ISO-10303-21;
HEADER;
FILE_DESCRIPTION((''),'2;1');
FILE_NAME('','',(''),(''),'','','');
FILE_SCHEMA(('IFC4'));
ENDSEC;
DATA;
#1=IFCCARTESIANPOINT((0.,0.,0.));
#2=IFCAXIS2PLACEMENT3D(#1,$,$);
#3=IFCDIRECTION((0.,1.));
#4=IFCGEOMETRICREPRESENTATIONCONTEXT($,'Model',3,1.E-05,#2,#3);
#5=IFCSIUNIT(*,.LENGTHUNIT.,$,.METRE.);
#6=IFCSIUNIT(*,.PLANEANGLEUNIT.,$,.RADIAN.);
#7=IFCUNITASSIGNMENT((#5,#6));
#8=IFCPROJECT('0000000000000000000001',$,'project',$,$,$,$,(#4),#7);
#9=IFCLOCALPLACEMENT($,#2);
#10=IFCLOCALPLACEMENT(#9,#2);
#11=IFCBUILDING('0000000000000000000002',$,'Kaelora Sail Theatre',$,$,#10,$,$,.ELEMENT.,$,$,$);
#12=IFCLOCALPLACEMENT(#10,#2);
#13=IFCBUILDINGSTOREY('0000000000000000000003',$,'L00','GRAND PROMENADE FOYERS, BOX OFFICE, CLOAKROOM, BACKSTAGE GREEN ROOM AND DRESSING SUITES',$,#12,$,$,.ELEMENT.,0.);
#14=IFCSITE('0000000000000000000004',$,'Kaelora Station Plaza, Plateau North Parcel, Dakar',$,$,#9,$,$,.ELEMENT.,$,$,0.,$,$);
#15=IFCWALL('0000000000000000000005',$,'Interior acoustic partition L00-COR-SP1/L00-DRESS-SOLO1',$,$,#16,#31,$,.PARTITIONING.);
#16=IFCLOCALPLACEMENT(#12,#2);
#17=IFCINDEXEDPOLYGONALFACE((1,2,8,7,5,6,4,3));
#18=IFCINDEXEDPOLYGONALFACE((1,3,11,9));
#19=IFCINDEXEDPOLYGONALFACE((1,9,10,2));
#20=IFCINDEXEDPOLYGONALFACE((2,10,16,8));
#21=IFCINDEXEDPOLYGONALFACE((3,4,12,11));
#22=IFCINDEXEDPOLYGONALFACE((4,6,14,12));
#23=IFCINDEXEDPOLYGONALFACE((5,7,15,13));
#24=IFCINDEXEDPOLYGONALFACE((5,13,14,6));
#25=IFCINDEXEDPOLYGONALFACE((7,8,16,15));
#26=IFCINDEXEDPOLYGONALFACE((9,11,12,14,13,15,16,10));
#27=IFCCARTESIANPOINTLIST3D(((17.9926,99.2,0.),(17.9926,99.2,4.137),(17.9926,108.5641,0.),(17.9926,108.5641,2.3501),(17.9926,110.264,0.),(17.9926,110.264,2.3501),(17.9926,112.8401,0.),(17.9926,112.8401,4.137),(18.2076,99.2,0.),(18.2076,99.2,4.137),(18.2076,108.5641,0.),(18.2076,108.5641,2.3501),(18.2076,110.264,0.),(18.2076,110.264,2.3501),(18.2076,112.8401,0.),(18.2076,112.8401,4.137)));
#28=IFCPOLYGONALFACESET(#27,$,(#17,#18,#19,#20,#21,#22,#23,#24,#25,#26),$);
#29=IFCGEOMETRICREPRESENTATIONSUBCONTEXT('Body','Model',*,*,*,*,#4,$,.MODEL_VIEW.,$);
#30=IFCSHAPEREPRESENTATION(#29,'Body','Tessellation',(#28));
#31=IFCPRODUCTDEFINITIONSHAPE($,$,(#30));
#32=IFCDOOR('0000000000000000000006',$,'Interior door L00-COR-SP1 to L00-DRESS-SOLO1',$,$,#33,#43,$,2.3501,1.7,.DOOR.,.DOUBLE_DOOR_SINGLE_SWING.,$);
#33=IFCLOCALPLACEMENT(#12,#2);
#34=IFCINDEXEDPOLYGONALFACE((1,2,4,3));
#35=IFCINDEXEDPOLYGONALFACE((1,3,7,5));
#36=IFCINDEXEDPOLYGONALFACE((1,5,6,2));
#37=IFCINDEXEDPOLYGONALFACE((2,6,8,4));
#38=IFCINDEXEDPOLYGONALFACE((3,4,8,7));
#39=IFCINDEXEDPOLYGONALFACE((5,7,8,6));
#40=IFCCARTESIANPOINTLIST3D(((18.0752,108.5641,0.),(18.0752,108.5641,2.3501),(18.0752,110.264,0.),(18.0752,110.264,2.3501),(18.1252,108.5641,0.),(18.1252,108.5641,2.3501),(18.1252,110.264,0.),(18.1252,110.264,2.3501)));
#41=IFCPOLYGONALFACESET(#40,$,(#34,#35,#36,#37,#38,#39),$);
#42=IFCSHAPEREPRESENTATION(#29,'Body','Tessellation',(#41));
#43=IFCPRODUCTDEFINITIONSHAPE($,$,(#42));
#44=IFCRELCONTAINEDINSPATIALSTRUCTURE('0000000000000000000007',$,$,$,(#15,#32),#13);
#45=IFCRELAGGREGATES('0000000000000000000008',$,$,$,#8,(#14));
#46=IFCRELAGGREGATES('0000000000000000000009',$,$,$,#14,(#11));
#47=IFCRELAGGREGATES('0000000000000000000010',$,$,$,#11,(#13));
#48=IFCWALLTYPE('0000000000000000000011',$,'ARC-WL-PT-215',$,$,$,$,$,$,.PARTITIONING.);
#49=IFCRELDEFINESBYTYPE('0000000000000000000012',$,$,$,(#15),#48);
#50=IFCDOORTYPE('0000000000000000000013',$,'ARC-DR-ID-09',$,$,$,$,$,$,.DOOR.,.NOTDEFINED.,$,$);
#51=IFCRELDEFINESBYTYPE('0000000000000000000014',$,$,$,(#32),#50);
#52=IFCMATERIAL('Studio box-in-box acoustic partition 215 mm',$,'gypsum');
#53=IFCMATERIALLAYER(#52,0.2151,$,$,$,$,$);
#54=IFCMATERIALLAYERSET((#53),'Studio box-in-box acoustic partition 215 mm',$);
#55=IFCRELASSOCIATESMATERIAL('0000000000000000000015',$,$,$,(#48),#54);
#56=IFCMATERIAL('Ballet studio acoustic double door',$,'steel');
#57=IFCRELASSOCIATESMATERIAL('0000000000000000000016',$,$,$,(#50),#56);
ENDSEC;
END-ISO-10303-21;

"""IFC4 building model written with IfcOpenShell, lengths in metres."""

from ifc_helpers import new_model, si_unit, direction, frame, frame_2d, origin, place, context, subcontext, project, spatial, rectangle, extrude, material, layer, layer_set, type_object, element, fill, save


model = new_model("IFC4")

# Units and contexts
model_context = context("Model", 3, precision=1e-05, world=origin(), true_north=direction((0.0, 1.0)))
body_context = subcontext(model_context, "Body", "Model", "MODEL_VIEW")
ifc_project = project(units=[si_unit("LENGTHUNIT", "METRE"), si_unit("PLANEANGLEUNIT", "RADIAN")], contexts=[model_context])

# Site, building, storey
site_placement = place(None, origin())
site = spatial("IfcSite", under=ifc_project, at=site_placement, Name="Kaelora Station Plaza, Plateau North Parcel, Dakar", CompositionType="ELEMENT", RefElevation=0.0)
building_placement = place(site_placement, origin())
building = spatial("IfcBuilding", under=site, at=building_placement, Name="Kaelora Sail Theatre", CompositionType="ELEMENT")
storey_placement = place(building_placement, origin())
storey = spatial("IfcBuildingStorey", under=building, at=storey_placement, Name="L00", Description="GRAND PROMENADE FOYERS, BOX OFFICE, CLOAKROOM, BACKSTAGE GREEN ROOM AND DRESSING SUITES", CompositionType="ELEMENT", Elevation=0.0)

# Wall, opening, door
ifc_material_1 = material(Name="Studio box-in-box acoustic partition 215 mm", Category="gypsum")
ifc_layer_1 = layer(ifc_material_1, 0.2151)
ifc_layer_set_1 = layer_set([ifc_layer_1], Name="Studio box-in-box acoustic partition 215 mm")
wall_type_1 = type_object("IfcWallType", Name="ARC-WL-PT-215", PredefinedType="PARTITIONING", material=ifc_layer_set_1)
wall_1_placement = place(storey_placement, frame((18.1001, 99.2, 0.0), z_axis=(0.0, 0.0, 1.0), x_axis=(0.0, 1.0, 0.0)))
wall_1 = element("IfcWall", 1, at=wall_1_placement, inside=storey, type_object=wall_type_1, Name="Interior acoustic partition L00-COR-SP1/L00-DRESS-SOLO1", PredefinedType="PARTITIONING", context=body_context, shape_type="SweptSolid", body=[
    extrude(rectangle(XDim=13.6401, YDim=0.2151, at=frame_2d((6.8201, 0.0))), origin(), (0.0, 0.0, 1.0), 4.137),
])
opening_1_placement = place(wall_1_placement, frame((9.364, 0.0, 0.0)))
opening_1 = element("IfcOpeningElement", 2, at=opening_1_placement, cuts=wall_1, PredefinedType="OPENING", context=body_context, shape_type="SweptSolid", body=[
    extrude(rectangle(XDim=1.7, YDim=2.3501, at=frame_2d((0.8501, 1.175))), frame((0.0, 0.1174, 0.0), z_axis=(0.0, -1.0, 0.0), x_axis=(1.0, 0.0, 0.0)), (0.0, 0.0, 1.0), 0.2351),
])
ifc_material_2 = material(Name="Ballet studio acoustic double door", Category="steel")
door_type_1 = type_object("IfcDoorType", Name="ARC-DR-ID-09", OperationType="NOTDEFINED", PredefinedType="DOOR", material=ifc_material_2)
door_1_placement = place(opening_1_placement, origin())
door_1 = element("IfcDoor", 3, at=door_1_placement, inside=storey, type_object=door_type_1, Name="Interior door L00-COR-SP1 to L00-DRESS-SOLO1", OperationType="DOUBLE_DOOR_SINGLE_SWING", OverallHeight=2.3501, OverallWidth=1.7, PredefinedType="DOOR", context=body_context, shape_type="SweptSolid", body=[
    extrude(rectangle(XDim=1.7, YDim=2.3501, at=frame_2d((0.8501, 1.175))), frame((0.0, 0.0249, 0.0), z_axis=(0.0, -1.0, 0.0), x_axis=(1.0, 0.0, 0.0)), (0.0, 0.0, 1.0), 0.05),
])
fill(opening_1, door_1)

save(model, "model.ifc")
